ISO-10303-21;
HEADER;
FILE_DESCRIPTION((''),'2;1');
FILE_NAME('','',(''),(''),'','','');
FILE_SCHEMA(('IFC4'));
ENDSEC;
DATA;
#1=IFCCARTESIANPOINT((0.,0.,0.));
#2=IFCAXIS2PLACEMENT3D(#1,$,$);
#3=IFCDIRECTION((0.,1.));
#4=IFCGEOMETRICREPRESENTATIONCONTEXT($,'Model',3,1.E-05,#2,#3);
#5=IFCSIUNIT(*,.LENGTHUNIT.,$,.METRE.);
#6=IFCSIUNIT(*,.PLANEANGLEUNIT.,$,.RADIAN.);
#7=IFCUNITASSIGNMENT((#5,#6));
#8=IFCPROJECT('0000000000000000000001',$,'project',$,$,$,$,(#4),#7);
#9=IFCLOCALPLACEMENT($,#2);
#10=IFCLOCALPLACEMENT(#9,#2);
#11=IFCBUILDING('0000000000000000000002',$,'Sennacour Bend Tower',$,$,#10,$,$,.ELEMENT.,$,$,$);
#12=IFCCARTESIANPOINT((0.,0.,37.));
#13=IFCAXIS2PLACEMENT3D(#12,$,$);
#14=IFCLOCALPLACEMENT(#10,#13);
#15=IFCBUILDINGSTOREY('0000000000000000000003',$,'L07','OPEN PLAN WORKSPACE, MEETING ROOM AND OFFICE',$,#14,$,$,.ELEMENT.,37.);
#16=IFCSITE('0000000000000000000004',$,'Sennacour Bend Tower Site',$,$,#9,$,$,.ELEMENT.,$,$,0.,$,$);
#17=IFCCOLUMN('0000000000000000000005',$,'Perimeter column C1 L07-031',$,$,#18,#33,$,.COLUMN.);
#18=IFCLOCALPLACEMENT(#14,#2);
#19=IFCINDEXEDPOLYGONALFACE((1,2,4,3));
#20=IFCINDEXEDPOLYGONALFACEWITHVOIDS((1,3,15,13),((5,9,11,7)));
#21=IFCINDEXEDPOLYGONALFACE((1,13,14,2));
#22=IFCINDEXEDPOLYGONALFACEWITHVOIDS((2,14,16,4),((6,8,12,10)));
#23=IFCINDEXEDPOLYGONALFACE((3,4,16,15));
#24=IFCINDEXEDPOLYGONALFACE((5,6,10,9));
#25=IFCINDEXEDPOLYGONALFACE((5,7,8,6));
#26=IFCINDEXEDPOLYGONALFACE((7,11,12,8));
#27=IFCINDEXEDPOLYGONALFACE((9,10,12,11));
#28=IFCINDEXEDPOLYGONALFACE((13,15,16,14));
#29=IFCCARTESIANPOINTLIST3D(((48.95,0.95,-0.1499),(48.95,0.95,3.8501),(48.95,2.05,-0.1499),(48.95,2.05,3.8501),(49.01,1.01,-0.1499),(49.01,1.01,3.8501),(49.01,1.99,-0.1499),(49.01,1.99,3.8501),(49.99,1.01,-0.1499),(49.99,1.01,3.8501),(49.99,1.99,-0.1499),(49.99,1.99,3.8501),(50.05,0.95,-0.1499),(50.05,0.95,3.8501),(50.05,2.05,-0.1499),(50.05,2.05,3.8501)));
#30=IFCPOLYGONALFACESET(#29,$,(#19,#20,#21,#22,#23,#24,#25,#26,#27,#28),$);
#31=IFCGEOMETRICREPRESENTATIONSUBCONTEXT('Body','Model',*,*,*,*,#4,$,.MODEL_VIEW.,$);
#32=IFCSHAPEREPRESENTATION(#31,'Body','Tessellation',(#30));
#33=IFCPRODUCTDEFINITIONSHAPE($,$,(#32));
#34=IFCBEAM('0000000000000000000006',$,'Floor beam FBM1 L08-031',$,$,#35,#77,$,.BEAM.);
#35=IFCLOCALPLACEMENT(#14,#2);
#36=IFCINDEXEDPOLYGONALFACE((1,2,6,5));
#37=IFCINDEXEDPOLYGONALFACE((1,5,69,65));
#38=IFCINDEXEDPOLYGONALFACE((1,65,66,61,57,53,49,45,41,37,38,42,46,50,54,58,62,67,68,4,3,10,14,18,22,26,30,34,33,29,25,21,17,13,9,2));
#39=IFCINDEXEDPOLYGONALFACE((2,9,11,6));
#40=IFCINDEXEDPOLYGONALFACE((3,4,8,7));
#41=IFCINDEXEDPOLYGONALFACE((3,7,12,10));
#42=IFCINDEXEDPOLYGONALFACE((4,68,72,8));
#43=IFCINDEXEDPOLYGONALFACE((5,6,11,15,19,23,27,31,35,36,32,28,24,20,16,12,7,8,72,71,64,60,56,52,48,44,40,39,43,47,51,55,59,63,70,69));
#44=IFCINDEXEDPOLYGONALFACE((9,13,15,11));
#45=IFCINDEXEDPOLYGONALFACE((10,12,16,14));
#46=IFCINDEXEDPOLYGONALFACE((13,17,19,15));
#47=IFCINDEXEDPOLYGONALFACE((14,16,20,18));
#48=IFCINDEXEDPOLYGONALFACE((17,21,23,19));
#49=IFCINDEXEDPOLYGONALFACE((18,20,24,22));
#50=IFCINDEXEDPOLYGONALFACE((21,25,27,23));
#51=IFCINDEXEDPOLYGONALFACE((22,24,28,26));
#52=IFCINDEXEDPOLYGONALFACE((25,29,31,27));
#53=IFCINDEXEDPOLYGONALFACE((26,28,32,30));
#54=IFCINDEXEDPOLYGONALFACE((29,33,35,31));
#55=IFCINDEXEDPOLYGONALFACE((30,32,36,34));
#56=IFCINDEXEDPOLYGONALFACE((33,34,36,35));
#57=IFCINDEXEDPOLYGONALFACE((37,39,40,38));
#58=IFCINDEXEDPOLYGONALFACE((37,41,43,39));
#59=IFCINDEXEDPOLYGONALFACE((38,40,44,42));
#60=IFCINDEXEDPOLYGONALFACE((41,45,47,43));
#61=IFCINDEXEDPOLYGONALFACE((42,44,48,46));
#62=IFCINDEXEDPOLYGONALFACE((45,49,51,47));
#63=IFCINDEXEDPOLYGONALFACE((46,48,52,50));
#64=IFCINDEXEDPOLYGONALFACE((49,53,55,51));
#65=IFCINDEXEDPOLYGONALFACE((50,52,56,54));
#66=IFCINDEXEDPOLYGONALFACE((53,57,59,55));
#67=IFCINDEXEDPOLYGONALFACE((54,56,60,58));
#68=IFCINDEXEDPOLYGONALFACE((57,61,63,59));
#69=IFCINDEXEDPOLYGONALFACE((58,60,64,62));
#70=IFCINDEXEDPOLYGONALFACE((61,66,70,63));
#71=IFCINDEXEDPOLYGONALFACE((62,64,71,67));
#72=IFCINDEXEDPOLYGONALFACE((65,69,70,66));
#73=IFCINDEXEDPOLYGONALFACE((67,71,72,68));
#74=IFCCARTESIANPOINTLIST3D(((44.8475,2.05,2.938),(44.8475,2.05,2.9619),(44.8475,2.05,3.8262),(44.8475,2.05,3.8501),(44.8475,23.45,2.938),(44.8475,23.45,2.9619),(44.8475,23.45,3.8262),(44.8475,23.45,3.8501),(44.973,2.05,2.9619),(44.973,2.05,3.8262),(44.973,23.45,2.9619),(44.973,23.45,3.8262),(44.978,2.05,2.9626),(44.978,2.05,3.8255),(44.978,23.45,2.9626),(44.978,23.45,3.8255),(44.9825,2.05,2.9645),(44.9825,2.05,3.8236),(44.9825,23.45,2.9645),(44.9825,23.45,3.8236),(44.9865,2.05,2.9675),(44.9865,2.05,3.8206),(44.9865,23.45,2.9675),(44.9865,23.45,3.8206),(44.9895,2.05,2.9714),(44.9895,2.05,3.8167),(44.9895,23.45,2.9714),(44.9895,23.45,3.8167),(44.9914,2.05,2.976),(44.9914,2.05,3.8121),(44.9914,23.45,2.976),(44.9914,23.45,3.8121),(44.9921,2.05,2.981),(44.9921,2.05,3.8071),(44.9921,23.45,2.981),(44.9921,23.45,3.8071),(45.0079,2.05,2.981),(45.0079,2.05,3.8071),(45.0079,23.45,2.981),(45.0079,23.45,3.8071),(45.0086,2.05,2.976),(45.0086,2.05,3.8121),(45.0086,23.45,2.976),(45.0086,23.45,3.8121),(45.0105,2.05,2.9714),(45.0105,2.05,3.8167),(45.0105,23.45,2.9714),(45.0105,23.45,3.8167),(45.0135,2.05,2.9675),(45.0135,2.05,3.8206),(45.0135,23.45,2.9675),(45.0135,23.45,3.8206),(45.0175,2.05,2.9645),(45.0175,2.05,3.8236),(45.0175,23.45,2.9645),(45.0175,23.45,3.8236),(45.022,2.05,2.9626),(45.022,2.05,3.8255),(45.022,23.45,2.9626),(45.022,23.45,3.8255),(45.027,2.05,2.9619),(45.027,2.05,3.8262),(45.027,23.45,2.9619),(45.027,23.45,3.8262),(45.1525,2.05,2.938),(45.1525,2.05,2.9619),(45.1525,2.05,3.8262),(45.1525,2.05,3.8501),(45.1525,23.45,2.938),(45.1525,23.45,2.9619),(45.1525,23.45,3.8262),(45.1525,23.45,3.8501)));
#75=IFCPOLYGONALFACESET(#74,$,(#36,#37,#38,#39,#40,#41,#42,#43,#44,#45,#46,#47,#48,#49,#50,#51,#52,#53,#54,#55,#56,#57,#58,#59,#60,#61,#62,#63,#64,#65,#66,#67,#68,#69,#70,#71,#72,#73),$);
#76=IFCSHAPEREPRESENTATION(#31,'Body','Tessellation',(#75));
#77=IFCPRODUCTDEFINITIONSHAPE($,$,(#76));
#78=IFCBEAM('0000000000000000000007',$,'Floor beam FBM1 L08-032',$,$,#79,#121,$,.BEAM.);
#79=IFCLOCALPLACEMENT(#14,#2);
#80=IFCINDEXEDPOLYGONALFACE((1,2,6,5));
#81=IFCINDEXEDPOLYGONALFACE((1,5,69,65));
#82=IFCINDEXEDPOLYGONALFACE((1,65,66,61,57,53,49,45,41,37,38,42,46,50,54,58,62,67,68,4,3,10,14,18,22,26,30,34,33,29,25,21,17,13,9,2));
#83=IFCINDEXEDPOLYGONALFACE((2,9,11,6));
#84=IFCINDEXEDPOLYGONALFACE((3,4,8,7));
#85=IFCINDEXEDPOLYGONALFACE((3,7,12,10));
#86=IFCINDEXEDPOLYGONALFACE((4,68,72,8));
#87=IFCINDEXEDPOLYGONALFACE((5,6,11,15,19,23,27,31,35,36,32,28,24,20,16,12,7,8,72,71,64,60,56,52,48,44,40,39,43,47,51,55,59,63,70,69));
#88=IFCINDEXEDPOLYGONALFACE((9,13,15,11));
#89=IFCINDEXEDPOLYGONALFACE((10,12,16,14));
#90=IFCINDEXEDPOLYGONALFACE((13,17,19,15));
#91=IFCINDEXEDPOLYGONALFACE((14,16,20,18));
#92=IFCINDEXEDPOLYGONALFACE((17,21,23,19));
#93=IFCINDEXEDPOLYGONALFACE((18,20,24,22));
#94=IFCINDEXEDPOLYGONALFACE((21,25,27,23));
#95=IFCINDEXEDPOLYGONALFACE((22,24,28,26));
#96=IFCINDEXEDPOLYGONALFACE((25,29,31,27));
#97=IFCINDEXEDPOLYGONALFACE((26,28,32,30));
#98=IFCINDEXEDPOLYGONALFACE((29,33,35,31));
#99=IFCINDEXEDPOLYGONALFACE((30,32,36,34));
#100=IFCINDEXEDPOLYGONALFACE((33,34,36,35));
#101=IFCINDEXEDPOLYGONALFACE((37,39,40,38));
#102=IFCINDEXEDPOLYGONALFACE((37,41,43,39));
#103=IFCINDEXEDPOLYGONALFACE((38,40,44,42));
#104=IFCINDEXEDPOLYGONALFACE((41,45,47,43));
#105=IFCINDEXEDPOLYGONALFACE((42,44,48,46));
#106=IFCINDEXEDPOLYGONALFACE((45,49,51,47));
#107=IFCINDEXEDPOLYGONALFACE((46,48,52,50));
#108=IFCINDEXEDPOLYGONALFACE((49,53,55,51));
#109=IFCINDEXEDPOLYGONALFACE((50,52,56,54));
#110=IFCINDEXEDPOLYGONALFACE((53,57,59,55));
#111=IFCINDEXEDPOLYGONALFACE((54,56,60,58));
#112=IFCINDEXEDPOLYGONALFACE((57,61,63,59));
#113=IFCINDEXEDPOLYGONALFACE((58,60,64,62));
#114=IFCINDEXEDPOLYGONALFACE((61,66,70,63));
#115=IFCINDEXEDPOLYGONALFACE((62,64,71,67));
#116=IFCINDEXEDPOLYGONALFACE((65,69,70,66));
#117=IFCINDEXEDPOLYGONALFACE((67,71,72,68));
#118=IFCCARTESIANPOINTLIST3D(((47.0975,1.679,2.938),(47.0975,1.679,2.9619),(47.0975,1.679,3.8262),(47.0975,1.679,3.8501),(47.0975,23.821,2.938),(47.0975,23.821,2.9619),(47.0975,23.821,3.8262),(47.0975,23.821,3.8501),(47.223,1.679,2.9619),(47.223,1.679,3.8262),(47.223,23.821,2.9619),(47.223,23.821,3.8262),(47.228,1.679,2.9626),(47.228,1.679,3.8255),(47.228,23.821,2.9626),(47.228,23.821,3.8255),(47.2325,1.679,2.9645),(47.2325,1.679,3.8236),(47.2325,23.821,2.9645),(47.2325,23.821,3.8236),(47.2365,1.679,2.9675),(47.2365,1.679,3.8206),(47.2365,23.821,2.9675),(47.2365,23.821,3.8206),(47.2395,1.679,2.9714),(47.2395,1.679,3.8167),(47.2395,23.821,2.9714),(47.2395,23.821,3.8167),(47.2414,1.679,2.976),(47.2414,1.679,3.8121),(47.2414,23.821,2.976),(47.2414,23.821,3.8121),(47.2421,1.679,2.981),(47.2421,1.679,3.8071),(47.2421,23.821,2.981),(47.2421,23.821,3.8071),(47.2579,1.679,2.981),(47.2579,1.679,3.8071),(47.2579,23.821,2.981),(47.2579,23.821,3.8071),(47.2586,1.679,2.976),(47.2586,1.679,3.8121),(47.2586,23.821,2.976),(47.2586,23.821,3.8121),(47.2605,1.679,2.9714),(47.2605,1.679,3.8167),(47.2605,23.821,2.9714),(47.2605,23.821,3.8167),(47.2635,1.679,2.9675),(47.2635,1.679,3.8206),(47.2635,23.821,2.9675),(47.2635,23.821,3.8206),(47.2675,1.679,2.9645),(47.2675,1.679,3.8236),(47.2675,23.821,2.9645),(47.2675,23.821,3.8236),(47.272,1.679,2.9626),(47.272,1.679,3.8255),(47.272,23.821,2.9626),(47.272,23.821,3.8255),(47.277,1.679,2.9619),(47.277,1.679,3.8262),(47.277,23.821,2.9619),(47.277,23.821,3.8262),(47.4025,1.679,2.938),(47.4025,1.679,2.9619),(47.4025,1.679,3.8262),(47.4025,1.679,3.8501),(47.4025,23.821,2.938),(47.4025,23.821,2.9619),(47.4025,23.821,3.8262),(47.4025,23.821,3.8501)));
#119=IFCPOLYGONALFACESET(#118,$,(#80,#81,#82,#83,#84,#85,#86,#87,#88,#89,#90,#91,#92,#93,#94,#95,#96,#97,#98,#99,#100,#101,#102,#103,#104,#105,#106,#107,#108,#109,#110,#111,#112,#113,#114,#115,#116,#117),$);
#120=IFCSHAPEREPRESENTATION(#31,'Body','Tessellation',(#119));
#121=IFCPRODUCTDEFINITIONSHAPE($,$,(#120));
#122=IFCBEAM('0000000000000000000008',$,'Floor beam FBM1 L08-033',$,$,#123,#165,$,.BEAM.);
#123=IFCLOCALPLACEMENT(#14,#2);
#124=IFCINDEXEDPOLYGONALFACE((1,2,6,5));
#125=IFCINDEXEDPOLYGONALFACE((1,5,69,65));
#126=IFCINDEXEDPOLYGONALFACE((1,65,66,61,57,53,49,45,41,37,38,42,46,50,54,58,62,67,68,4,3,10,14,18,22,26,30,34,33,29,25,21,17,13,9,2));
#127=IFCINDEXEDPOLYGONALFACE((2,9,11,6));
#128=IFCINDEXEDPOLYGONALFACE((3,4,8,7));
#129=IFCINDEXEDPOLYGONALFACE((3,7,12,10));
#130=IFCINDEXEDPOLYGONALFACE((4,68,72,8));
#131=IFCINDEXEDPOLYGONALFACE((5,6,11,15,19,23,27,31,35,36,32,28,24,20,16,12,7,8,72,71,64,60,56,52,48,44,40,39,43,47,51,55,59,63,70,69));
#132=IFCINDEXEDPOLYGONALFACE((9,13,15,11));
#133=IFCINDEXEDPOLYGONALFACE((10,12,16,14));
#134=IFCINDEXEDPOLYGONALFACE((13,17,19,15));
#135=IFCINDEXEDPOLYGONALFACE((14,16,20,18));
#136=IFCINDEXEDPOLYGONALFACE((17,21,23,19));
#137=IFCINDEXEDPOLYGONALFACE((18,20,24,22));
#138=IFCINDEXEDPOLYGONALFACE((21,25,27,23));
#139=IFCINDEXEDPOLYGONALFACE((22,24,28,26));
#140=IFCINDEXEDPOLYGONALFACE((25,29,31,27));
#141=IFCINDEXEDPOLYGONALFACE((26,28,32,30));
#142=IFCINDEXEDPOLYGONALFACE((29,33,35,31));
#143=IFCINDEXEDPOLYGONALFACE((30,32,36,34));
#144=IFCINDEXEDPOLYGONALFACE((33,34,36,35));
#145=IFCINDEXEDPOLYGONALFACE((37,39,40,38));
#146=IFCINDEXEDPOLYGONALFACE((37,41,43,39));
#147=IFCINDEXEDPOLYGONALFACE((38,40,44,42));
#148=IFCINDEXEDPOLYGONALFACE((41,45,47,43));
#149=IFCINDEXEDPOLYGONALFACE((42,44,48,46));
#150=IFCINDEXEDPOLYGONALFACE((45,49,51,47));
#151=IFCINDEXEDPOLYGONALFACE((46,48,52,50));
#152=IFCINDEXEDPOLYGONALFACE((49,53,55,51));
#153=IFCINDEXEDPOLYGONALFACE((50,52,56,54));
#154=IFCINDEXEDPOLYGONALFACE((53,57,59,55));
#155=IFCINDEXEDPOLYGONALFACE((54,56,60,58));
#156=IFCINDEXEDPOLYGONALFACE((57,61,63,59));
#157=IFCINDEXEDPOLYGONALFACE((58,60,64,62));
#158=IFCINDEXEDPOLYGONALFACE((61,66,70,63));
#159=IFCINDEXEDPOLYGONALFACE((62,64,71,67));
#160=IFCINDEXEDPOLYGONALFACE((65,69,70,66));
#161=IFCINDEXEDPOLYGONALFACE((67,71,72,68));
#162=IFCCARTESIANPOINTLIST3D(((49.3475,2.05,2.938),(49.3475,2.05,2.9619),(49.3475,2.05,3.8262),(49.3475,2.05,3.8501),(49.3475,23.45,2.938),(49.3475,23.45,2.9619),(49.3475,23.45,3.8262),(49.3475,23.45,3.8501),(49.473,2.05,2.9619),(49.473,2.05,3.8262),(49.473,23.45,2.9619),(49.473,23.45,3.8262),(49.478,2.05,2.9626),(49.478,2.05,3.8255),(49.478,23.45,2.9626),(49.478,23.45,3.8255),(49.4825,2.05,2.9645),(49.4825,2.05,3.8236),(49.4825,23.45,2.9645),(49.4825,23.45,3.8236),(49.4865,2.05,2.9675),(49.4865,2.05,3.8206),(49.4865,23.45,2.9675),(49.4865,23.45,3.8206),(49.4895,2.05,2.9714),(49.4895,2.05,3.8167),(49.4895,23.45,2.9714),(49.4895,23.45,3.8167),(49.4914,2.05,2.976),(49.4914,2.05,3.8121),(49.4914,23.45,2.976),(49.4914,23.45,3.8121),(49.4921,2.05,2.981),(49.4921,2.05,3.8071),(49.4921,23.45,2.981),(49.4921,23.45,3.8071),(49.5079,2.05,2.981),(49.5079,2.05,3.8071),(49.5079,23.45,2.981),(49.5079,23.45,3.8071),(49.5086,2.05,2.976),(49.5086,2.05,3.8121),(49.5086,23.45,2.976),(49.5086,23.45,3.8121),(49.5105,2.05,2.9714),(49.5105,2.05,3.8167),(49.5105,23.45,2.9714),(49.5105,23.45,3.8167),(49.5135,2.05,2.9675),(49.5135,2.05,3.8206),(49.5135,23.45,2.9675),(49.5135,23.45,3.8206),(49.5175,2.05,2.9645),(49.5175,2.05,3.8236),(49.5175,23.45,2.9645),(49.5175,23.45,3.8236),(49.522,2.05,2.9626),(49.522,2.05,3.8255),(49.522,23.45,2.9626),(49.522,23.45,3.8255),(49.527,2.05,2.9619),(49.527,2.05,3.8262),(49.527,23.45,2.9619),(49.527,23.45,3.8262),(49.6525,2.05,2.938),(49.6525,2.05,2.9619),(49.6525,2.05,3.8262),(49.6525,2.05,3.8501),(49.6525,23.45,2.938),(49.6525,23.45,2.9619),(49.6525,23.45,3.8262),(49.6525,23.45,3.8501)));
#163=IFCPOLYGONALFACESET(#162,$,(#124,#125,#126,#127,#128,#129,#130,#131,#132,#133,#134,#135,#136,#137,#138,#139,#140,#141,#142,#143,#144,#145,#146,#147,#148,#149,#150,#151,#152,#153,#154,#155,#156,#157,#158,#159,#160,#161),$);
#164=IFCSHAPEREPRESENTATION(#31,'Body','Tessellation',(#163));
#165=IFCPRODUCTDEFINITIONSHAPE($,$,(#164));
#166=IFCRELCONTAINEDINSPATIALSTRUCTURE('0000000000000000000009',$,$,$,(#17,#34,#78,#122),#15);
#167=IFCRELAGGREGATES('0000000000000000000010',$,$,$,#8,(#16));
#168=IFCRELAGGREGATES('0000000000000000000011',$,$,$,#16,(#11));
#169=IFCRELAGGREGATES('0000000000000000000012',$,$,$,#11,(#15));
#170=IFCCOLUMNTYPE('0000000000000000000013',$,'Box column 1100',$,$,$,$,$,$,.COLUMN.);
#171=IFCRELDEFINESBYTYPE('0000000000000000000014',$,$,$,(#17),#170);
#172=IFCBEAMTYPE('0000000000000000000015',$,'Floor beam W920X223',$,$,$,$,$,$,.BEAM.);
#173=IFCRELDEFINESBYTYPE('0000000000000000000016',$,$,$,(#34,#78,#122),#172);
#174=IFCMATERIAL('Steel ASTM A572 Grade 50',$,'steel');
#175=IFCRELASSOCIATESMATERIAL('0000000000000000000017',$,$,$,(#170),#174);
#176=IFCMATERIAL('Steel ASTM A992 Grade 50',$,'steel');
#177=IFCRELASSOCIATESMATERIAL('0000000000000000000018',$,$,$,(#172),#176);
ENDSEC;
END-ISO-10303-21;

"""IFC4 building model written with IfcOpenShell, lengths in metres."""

from ifc_helpers import new_model, si_unit, direction, frame, origin, origin_2d, place, context, subcontext, project, spatial, hollow_rectangle, i_section, extrude, material, material_profile, profile_set, type_object, element, save


model = new_model("IFC4")

# Units and contexts
model_context = context("Model", 3, precision=1e-05, world=origin(), true_north=direction((0.0, 1.0)))
body_context = subcontext(model_context, "Body", "Model", "MODEL_VIEW")
ifc_project = project(units=[si_unit("LENGTHUNIT", "METRE"), si_unit("PLANEANGLEUNIT", "RADIAN")], contexts=[model_context])

# Site, building, storey
site_placement = place(None, origin())
site = spatial("IfcSite", under=ifc_project, at=site_placement, Name="Sennacour Bend Tower Site", CompositionType="ELEMENT", RefElevation=0.0)
building_placement = place(site_placement, origin())
building = spatial("IfcBuilding", under=site, at=building_placement, Name="Sennacour Bend Tower", CompositionType="ELEMENT")
storey_placement = place(building_placement, frame((0.0, 0.0, 37.0)))
storey = spatial("IfcBuildingStorey", under=building, at=storey_placement, Name="L07", Description="OPEN PLAN WORKSPACE, MEETING ROOM AND OFFICE", CompositionType="ELEMENT", Elevation=37.0)

# Column
ifc_material_1 = material(Name="Steel ASTM A572 Grade 50", Category="steel")
ifc_material_profile_1 = material_profile(ifc_material_1, hollow_rectangle(XDim=1.1001, YDim=1.1001, WallThickness=0.0601, at=origin_2d()), Name="Steel ASTM A572 Grade 50", Category="steel")
ifc_profile_set_1 = profile_set([ifc_material_profile_1], Name="Steel ASTM A572 Grade 50")
column_type = type_object("IfcColumnType", Name="Box column 1100", PredefinedType="COLUMN", material=ifc_profile_set_1)
column_placement = place(storey_placement, frame((49.5, 1.5, -0.1499), z_axis=(0.0, 0.0, 1.0), x_axis=(1.0, 0.0, 0.0)))
element("IfcColumn", 1, at=column_placement, inside=storey, type_object=column_type, Name="Perimeter column C1 L07-031", PredefinedType="COLUMN", context=body_context, shape_type="SweptSolid", body=[
    extrude(hollow_rectangle(XDim=1.1001, YDim=1.1001, WallThickness=0.0601, at=origin_2d()), origin(), (0.0, 0.0, 1.0), 4.0),
])

# Beams
ifc_material_2 = material(Name="Steel ASTM A992 Grade 50", Category="steel")
ifc_material_profile_2 = material_profile(ifc_material_2, i_section(OverallWidth=0.3049, OverallDepth=0.9121, WebThickness=0.0159, FlangeThickness=0.0239, FilletRadius=0.019, at=origin_2d()), Name="Steel ASTM A992 Grade 50", Category="steel")
ifc_profile_set_2 = profile_set([ifc_material_profile_2], Name="Steel ASTM A992 Grade 50")
beam_type_1 = type_object("IfcBeamType", Name="Floor beam W920X223", PredefinedType="BEAM", material=ifc_profile_set_2)
beam_1_placement = place(storey_placement, frame((45.0, 2.05, 3.394), z_axis=(0.0, 1.0, 0.0), x_axis=(-1.0, 0.0, 0.0)))
element("IfcBeam", 2, at=beam_1_placement, inside=storey, type_object=beam_type_1, Name="Floor beam FBM1 L08-031", PredefinedType="BEAM", context=body_context, shape_type="SweptSolid", body=[
    extrude(i_section(OverallWidth=0.3049, OverallDepth=0.9121, WebThickness=0.0159, FlangeThickness=0.0239, FilletRadius=0.019, at=origin_2d()), origin(), (0.0, 0.0, 1.0), 21.3999),
])
beam_2_placement = place(storey_placement, frame((47.25, 1.679, 3.394), z_axis=(0.0, 1.0, 0.0), x_axis=(-1.0, 0.0, 0.0)))
element("IfcBeam", 3, at=beam_2_placement, inside=storey, type_object=beam_type_1, Name="Floor beam FBM1 L08-032", PredefinedType="BEAM", context=body_context, shape_type="SweptSolid", body=[
    extrude(i_section(OverallWidth=0.3049, OverallDepth=0.9121, WebThickness=0.0159, FlangeThickness=0.0239, FilletRadius=0.019, at=origin_2d()), origin(), (0.0, 0.0, 1.0), 22.1421),
])
beam_3_placement = place(storey_placement, frame((49.5, 2.05, 3.394), z_axis=(0.0, 1.0, 0.0), x_axis=(-1.0, 0.0, 0.0)))
element("IfcBeam", 4, at=beam_3_placement, inside=storey, type_object=beam_type_1, Name="Floor beam FBM1 L08-033", PredefinedType="BEAM", context=body_context, shape_type="SweptSolid", body=[
    extrude(i_section(OverallWidth=0.3049, OverallDepth=0.9121, WebThickness=0.0159, FlangeThickness=0.0239, FilletRadius=0.019, at=origin_2d()), origin(), (0.0, 0.0, 1.0), 21.3999),
])

save(model, "model.ifc")
